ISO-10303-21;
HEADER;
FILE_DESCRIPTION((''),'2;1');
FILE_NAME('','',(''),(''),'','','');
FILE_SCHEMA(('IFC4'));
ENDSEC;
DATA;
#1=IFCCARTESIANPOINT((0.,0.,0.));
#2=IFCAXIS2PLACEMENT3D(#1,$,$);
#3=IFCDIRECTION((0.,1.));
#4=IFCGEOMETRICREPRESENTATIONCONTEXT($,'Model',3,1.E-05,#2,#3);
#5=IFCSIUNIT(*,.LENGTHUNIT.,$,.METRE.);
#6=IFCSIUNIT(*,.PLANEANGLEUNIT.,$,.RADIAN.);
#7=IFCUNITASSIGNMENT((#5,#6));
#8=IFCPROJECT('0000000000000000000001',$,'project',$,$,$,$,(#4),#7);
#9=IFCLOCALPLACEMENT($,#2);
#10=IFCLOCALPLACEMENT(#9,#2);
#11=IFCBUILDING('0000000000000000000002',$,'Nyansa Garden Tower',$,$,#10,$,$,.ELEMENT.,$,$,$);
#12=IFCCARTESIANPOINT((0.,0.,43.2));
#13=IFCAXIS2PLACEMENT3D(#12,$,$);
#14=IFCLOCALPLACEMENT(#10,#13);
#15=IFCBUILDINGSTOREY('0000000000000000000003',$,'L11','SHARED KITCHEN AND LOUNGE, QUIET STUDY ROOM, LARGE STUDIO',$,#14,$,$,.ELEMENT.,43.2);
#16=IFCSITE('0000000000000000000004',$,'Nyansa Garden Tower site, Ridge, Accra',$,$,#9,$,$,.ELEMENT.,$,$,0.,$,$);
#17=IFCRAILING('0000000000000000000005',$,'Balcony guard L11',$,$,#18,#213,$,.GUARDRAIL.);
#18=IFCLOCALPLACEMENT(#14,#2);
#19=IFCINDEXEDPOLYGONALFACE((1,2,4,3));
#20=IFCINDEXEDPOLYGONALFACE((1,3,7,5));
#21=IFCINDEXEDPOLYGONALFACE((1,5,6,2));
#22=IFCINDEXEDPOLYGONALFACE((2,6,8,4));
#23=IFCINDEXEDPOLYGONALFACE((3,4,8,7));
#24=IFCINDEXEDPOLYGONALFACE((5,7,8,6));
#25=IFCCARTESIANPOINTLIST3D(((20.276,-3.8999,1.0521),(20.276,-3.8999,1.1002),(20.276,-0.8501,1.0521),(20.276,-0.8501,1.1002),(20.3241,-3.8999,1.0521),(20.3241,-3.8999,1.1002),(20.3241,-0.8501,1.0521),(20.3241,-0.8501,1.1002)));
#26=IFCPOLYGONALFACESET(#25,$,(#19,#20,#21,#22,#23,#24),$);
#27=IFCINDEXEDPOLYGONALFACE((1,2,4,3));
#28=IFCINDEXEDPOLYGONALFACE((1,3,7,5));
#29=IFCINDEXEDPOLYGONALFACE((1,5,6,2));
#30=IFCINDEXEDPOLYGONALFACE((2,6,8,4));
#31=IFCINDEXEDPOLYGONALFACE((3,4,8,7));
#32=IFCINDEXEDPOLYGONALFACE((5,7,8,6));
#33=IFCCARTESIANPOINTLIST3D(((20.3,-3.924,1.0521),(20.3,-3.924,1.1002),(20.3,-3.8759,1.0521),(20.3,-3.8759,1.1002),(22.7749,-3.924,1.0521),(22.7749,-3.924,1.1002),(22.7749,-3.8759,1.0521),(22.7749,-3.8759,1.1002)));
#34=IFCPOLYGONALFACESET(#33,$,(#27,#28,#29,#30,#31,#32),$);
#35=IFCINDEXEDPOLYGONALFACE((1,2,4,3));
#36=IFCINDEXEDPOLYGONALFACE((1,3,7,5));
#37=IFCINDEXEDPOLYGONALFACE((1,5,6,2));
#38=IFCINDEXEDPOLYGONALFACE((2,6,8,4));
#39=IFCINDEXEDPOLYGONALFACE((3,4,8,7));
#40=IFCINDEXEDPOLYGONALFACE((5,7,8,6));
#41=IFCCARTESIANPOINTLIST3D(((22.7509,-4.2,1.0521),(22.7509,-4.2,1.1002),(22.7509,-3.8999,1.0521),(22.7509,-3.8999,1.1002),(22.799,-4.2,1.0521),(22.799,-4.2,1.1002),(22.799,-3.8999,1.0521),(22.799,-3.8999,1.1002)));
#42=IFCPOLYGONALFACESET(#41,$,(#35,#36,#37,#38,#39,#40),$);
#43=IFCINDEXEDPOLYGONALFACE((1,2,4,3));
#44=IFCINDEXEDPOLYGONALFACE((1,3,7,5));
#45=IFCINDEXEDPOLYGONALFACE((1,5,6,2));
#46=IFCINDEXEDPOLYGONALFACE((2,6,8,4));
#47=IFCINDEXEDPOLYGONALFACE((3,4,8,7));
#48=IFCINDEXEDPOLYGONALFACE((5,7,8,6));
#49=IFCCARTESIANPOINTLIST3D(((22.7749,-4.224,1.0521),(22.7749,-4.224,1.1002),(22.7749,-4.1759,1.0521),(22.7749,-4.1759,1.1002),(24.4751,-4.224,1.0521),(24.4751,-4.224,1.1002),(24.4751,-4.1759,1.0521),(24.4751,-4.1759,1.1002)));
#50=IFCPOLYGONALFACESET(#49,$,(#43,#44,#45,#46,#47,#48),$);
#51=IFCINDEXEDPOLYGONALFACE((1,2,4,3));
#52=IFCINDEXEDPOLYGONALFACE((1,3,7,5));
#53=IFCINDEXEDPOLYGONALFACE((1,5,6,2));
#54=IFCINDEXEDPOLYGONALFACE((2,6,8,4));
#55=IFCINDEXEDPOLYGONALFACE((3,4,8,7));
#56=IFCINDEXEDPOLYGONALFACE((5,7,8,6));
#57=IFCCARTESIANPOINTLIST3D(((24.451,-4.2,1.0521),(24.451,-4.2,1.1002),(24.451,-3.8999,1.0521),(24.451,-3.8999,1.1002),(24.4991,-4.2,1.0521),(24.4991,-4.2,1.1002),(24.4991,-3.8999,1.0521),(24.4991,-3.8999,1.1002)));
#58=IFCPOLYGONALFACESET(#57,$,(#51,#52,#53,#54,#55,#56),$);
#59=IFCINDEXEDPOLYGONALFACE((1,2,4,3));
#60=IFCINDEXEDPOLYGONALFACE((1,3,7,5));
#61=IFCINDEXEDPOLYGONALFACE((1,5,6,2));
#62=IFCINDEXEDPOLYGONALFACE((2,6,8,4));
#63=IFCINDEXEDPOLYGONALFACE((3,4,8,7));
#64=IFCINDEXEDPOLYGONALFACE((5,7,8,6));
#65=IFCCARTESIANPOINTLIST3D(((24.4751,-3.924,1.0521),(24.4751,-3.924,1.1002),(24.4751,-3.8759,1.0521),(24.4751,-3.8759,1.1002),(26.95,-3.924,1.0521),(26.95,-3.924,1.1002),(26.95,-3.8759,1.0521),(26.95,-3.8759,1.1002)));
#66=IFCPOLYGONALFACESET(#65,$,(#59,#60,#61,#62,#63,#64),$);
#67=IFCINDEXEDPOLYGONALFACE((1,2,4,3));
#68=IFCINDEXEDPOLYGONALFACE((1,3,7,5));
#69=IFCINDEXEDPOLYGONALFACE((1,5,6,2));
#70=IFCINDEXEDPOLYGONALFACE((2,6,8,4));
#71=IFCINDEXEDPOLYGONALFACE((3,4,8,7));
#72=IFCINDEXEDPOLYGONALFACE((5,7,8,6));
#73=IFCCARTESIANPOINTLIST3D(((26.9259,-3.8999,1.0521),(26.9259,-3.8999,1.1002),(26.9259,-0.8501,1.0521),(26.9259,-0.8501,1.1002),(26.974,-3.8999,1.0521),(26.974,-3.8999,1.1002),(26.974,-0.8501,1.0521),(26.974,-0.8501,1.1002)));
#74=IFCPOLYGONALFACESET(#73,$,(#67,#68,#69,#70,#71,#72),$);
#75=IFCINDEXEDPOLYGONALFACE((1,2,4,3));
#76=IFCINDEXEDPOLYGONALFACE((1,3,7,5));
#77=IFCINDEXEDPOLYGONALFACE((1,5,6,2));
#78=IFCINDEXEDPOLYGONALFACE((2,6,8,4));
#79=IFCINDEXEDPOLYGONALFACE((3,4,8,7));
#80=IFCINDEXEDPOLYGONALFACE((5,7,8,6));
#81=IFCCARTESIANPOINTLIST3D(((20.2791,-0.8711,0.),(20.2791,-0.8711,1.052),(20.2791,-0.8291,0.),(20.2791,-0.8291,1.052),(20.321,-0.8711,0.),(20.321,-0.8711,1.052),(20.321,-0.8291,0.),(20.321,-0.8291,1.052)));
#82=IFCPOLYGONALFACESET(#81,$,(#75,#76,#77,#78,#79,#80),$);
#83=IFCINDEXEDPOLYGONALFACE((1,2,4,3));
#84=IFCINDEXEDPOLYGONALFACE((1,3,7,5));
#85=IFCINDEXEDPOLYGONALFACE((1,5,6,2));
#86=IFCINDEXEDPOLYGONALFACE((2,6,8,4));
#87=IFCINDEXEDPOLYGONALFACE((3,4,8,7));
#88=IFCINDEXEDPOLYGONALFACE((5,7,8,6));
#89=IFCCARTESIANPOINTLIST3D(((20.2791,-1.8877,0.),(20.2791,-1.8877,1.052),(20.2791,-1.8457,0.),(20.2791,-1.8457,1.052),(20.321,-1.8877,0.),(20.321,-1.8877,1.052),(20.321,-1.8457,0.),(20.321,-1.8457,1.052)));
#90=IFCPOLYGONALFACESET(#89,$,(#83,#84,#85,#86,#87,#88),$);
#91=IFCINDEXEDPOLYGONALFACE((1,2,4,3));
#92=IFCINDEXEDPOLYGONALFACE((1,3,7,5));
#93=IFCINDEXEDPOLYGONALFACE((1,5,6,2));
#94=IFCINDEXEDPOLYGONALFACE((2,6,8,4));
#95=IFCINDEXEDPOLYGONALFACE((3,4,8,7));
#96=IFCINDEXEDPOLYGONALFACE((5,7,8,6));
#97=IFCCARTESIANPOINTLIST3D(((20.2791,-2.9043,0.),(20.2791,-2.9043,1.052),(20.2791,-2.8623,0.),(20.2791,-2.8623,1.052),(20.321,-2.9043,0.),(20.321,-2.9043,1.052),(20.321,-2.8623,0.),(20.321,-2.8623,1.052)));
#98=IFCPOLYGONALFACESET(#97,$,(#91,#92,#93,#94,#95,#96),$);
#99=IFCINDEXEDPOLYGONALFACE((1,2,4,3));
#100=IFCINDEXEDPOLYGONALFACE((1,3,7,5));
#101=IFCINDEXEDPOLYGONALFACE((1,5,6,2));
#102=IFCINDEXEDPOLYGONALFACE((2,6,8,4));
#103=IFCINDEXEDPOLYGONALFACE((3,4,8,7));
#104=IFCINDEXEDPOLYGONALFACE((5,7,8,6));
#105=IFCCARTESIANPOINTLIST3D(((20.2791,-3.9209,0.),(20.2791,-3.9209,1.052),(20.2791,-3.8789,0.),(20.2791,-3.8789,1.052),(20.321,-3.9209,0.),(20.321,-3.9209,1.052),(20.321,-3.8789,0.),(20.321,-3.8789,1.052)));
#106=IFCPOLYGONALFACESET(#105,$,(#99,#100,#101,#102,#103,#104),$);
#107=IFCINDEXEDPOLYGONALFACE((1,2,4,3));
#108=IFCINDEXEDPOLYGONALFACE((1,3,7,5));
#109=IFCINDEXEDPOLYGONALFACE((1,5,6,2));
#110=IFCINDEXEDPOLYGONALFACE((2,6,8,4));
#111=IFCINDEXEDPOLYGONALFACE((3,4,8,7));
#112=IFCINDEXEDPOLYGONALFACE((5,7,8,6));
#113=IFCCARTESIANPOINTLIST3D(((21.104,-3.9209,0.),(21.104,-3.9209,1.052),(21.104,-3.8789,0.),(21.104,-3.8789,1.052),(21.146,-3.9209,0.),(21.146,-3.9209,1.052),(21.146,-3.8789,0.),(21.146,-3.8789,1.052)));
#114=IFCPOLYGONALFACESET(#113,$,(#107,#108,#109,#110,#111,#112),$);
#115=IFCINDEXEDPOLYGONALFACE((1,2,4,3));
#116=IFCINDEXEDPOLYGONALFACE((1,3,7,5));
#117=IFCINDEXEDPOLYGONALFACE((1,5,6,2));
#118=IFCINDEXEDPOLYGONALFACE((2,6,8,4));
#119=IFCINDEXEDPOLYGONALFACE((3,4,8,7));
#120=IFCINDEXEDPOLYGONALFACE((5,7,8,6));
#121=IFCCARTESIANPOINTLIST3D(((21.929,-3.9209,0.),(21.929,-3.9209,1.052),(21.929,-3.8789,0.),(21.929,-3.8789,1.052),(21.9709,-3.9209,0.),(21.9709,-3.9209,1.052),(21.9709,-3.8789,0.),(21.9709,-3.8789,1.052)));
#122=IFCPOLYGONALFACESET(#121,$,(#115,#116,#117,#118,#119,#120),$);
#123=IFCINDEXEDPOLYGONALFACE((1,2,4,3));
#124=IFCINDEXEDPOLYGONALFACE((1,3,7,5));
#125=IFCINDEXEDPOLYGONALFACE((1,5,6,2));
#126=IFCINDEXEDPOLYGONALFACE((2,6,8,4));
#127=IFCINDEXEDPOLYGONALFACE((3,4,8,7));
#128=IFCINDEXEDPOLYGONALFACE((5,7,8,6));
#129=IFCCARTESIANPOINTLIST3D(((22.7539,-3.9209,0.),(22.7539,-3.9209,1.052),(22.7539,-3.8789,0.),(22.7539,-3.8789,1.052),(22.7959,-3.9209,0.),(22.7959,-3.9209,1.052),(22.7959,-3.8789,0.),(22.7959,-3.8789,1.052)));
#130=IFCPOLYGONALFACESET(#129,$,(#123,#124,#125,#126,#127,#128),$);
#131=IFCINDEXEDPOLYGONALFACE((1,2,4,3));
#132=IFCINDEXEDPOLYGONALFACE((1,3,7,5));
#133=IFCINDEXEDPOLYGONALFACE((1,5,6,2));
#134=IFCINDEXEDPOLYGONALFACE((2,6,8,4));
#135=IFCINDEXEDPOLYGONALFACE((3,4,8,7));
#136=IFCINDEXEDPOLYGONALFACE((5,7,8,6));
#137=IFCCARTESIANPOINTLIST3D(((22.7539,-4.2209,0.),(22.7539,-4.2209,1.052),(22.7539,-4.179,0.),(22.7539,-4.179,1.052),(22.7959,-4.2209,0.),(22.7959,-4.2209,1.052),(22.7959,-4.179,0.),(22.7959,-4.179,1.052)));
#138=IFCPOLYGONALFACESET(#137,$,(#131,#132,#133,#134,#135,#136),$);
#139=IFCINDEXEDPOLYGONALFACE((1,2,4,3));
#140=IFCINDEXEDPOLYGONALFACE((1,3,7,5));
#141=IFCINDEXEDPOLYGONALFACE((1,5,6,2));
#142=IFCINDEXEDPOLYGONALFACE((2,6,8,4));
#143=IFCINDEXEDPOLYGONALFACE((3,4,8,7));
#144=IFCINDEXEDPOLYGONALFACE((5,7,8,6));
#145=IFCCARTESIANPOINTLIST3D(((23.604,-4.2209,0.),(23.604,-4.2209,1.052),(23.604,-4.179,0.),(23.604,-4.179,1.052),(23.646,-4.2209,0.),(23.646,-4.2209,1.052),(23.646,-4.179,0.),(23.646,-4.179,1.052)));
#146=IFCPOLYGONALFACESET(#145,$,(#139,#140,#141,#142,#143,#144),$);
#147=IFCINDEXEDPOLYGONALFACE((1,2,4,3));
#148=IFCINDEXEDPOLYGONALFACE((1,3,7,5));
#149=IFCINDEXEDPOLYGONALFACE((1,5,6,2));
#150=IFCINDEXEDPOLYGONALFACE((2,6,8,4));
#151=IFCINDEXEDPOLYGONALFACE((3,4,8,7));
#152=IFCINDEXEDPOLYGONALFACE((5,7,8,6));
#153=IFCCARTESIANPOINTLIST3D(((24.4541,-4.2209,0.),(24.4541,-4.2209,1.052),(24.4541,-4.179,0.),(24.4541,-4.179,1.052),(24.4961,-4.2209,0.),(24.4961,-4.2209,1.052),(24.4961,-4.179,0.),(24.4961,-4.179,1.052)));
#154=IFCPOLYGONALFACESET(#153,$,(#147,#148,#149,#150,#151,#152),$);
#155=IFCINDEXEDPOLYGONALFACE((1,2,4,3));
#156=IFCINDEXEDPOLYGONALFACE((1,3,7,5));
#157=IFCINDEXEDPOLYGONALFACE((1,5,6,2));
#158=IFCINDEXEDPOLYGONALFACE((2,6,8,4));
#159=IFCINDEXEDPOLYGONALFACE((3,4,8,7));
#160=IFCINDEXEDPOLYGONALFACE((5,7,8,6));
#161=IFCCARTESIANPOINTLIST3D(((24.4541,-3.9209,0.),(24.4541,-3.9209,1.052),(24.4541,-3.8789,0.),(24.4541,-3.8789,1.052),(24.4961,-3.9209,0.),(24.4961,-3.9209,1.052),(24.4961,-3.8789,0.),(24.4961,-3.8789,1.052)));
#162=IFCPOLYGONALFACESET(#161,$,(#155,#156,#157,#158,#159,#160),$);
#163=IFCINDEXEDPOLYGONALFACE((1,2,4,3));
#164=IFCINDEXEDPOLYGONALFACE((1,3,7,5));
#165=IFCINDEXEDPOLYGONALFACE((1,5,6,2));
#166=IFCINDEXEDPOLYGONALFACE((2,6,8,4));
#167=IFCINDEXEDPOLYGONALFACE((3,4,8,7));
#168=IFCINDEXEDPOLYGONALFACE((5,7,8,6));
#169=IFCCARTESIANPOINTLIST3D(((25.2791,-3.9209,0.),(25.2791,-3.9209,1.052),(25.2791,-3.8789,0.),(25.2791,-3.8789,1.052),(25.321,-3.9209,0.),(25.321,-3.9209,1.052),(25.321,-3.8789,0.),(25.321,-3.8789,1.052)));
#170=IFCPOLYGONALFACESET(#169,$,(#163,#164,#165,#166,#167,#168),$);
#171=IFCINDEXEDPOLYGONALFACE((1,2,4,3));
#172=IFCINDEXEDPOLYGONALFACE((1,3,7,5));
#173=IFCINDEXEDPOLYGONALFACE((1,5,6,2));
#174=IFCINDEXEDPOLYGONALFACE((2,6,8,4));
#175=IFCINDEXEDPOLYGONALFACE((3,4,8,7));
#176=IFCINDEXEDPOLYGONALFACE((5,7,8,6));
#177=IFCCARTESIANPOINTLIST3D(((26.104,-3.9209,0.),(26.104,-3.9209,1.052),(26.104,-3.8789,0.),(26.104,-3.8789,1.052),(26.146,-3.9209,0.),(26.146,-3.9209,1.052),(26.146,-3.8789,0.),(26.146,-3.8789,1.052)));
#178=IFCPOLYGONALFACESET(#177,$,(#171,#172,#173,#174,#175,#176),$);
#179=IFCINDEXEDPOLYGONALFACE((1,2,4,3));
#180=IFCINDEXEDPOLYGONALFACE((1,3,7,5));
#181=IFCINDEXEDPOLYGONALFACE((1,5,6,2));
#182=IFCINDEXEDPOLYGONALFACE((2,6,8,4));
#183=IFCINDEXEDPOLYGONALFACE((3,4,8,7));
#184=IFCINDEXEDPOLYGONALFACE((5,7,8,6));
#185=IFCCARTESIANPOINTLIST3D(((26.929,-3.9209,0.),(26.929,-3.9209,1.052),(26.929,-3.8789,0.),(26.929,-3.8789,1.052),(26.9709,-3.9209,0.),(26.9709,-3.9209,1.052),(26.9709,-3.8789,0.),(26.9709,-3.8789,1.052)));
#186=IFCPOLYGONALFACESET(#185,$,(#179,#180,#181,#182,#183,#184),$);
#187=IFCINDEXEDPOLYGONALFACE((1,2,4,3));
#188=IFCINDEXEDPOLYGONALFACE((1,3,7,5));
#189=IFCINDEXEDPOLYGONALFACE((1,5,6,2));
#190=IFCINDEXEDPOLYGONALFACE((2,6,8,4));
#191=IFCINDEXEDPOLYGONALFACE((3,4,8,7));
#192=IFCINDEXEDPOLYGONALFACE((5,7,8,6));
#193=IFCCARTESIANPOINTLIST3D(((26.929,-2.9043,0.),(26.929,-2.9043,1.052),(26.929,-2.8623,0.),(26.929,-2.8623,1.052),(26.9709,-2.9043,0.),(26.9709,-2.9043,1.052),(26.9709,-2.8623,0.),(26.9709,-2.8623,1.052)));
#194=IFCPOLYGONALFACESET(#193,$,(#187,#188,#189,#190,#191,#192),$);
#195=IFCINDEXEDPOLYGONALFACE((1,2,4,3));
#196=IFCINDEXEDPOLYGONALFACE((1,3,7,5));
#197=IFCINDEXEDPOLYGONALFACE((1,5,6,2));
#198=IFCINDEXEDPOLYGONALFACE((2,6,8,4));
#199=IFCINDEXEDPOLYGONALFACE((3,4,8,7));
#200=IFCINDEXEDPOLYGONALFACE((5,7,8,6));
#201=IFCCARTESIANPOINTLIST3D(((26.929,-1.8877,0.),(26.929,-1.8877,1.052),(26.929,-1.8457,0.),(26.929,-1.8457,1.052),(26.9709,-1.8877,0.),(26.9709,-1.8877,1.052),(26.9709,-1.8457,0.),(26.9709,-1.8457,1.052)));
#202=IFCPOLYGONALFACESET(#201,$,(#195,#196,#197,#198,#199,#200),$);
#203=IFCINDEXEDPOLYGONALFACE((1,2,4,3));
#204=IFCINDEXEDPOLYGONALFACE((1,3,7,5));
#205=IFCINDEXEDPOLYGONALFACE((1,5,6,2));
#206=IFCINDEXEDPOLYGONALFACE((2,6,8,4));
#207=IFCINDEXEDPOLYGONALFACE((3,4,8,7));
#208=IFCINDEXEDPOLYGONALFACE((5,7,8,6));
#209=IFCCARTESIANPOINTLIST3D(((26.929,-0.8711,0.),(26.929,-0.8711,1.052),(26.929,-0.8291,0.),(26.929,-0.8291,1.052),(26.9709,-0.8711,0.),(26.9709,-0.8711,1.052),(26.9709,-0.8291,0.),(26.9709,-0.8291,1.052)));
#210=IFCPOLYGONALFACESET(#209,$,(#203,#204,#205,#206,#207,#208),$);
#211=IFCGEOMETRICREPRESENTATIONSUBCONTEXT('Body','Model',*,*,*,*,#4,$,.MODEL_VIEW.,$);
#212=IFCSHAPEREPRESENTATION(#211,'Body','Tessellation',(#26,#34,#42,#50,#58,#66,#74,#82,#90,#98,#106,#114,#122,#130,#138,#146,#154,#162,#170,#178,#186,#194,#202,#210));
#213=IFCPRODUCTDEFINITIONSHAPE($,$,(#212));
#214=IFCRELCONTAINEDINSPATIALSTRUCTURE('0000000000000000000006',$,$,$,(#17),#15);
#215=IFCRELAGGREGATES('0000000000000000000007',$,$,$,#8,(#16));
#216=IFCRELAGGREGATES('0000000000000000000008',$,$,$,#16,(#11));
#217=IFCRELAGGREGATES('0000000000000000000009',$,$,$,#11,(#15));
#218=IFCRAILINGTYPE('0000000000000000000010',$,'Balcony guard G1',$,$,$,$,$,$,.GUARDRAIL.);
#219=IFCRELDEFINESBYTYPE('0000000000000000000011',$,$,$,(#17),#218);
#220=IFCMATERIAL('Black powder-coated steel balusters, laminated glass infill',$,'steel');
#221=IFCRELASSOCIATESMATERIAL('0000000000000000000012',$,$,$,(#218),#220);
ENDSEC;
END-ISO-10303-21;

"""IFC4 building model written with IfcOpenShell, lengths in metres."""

from ifc_helpers import new_model, si_unit, direction, frame, origin, origin_2d, place, context, subcontext, project, spatial, rectangle, extrude, material, type_object, element, save


model = new_model("IFC4")

# Units and contexts
model_context = context("Model", 3, precision=1e-05, world=origin(), true_north=direction((0.0, 1.0)))
body_context = subcontext(model_context, "Body", "Model", "MODEL_VIEW")
ifc_project = project(units=[si_unit("LENGTHUNIT", "METRE"), si_unit("PLANEANGLEUNIT", "RADIAN")], contexts=[model_context])

# Site, building, storey
site_placement = place(None, origin())
site = spatial("IfcSite", under=ifc_project, at=site_placement, Name="Nyansa Garden Tower site, Ridge, Accra", CompositionType="ELEMENT", RefElevation=0.0)
building_placement = place(site_placement, origin())
building = spatial("IfcBuilding", under=site, at=building_placement, Name="Nyansa Garden Tower", CompositionType="ELEMENT")
storey_placement = place(building_placement, frame((0.0, 0.0, 43.2)))
storey = spatial("IfcBuildingStorey", under=building, at=storey_placement, Name="L11", Description="SHARED KITCHEN AND LOUNGE, QUIET STUDY ROOM, LARGE STUDIO", CompositionType="ELEMENT", Elevation=43.2)

# Railing
ifc_material_1 = material(Name="Black powder-coated steel balusters, laminated glass infill", Category="steel")
railing_type = type_object("IfcRailingType", Name="Balcony guard G1", PredefinedType="GUARDRAIL", material=ifc_material_1)
railing_placement = place(storey_placement, frame((20.3, -0.8501, 0.0)))
element("IfcRailing", 1, at=railing_placement, inside=storey, type_object=railing_type, Name="Balcony guard L11", PredefinedType="GUARDRAIL", context=body_context, shape_type="SweptSolid", body=[
    extrude(rectangle(XDim=0.0481, YDim=0.0481, at=origin_2d()), frame((0.0, 0.0, 1.0762), z_axis=(0.0, -1.0, 0.0), x_axis=(1.0, 0.0, 0.0)), (0.0, 0.0, 1.0), 3.0498),
    extrude(rectangle(XDim=0.0481, YDim=0.0481, at=origin_2d()), frame((0.0, -3.0498, 1.0762), z_axis=(1.0, 0.0, 0.0), x_axis=(0.0, 1.0, 0.0)), (0.0, 0.0, 1.0), 2.4749),
    extrude(rectangle(XDim=0.0481, YDim=0.0481, at=origin_2d()), frame((2.4749, -3.0498, 1.0762), z_axis=(0.0, -1.0, 0.0), x_axis=(1.0, 0.0, 0.0)), (0.0, 0.0, 1.0), 0.3),
    extrude(rectangle(XDim=0.0481, YDim=0.0481, at=origin_2d()), frame((2.4749, -3.3499, 1.0762), z_axis=(1.0, 0.0, 0.0), x_axis=(0.0, 1.0, 0.0)), (0.0, 0.0, 1.0), 1.7002),
    extrude(rectangle(XDim=0.0481, YDim=0.0481, at=origin_2d()), frame((4.175, -3.3499, 1.0762), z_axis=(0.0, 1.0, 0.0), x_axis=(-1.0, 0.0, 0.0)), (0.0, 0.0, 1.0), 0.3),
    extrude(rectangle(XDim=0.0481, YDim=0.0481, at=origin_2d()), frame((4.175, -3.0498, 1.0762), z_axis=(1.0, 0.0, 0.0), x_axis=(0.0, 1.0, 0.0)), (0.0, 0.0, 1.0), 2.4749),
    extrude(rectangle(XDim=0.0481, YDim=0.0481, at=origin_2d()), frame((6.6499, -3.0498, 1.0762), z_axis=(0.0, 1.0, 0.0), x_axis=(-1.0, 0.0, 0.0)), (0.0, 0.0, 1.0), 3.0498),
    extrude(rectangle(XDim=0.042, YDim=0.042, at=origin_2d()), origin(), (0.0, 0.0, 1.0), 1.052),
    extrude(rectangle(XDim=0.042, YDim=0.042, at=origin_2d()), frame((0.0, -1.0166, 0.0)), (0.0, 0.0, 1.0), 1.052),
    extrude(rectangle(XDim=0.042, YDim=0.042, at=origin_2d()), frame((0.0, -2.0332, 0.0)), (0.0, 0.0, 1.0), 1.052),
    extrude(rectangle(XDim=0.042, YDim=0.042, at=origin_2d()), frame((0.0, -3.0498, 0.0)), (0.0, 0.0, 1.0), 1.052),
    extrude(rectangle(XDim=0.042, YDim=0.042, at=origin_2d()), frame((0.825, -3.0498, 0.0)), (0.0, 0.0, 1.0), 1.052),
    extrude(rectangle(XDim=0.042, YDim=0.042, at=origin_2d()), frame((1.6499, -3.0498, 0.0)), (0.0, 0.0, 1.0), 1.052),
    extrude(rectangle(XDim=0.042, YDim=0.042, at=origin_2d()), frame((2.4749, -3.0498, 0.0)), (0.0, 0.0, 1.0), 1.052),
    extrude(rectangle(XDim=0.042, YDim=0.042, at=origin_2d()), frame((2.4749, -3.3499, 0.0)), (0.0, 0.0, 1.0), 1.052),
    extrude(rectangle(XDim=0.042, YDim=0.042, at=origin_2d()), frame((3.325, -3.3499, 0.0)), (0.0, 0.0, 1.0), 1.052),
    extrude(rectangle(XDim=0.042, YDim=0.042, at=origin_2d()), frame((4.175, -3.3499, 0.0)), (0.0, 0.0, 1.0), 1.052),
    extrude(rectangle(XDim=0.042, YDim=0.042, at=origin_2d()), frame((4.175, -3.0498, 0.0)), (0.0, 0.0, 1.0), 1.052),
    extrude(rectangle(XDim=0.042, YDim=0.042, at=origin_2d()), frame((5.0, -3.0498, 0.0)), (0.0, 0.0, 1.0), 1.052),
    extrude(rectangle(XDim=0.042, YDim=0.042, at=origin_2d()), frame((5.825, -3.0498, 0.0)), (0.0, 0.0, 1.0), 1.052),
    extrude(rectangle(XDim=0.042, YDim=0.042, at=origin_2d()), frame((6.6499, -3.0498, 0.0)), (0.0, 0.0, 1.0), 1.052),
    extrude(rectangle(XDim=0.042, YDim=0.042, at=origin_2d()), frame((6.6499, -2.0332, 0.0)), (0.0, 0.0, 1.0), 1.052),
    extrude(rectangle(XDim=0.042, YDim=0.042, at=origin_2d()), frame((6.6499, -1.0166, 0.0)), (0.0, 0.0, 1.0), 1.052),
    extrude(rectangle(XDim=0.042, YDim=0.042, at=origin_2d()), frame((6.6499, 0.0, 0.0)), (0.0, 0.0, 1.0), 1.052),
])

save(model, "model.ifc")
